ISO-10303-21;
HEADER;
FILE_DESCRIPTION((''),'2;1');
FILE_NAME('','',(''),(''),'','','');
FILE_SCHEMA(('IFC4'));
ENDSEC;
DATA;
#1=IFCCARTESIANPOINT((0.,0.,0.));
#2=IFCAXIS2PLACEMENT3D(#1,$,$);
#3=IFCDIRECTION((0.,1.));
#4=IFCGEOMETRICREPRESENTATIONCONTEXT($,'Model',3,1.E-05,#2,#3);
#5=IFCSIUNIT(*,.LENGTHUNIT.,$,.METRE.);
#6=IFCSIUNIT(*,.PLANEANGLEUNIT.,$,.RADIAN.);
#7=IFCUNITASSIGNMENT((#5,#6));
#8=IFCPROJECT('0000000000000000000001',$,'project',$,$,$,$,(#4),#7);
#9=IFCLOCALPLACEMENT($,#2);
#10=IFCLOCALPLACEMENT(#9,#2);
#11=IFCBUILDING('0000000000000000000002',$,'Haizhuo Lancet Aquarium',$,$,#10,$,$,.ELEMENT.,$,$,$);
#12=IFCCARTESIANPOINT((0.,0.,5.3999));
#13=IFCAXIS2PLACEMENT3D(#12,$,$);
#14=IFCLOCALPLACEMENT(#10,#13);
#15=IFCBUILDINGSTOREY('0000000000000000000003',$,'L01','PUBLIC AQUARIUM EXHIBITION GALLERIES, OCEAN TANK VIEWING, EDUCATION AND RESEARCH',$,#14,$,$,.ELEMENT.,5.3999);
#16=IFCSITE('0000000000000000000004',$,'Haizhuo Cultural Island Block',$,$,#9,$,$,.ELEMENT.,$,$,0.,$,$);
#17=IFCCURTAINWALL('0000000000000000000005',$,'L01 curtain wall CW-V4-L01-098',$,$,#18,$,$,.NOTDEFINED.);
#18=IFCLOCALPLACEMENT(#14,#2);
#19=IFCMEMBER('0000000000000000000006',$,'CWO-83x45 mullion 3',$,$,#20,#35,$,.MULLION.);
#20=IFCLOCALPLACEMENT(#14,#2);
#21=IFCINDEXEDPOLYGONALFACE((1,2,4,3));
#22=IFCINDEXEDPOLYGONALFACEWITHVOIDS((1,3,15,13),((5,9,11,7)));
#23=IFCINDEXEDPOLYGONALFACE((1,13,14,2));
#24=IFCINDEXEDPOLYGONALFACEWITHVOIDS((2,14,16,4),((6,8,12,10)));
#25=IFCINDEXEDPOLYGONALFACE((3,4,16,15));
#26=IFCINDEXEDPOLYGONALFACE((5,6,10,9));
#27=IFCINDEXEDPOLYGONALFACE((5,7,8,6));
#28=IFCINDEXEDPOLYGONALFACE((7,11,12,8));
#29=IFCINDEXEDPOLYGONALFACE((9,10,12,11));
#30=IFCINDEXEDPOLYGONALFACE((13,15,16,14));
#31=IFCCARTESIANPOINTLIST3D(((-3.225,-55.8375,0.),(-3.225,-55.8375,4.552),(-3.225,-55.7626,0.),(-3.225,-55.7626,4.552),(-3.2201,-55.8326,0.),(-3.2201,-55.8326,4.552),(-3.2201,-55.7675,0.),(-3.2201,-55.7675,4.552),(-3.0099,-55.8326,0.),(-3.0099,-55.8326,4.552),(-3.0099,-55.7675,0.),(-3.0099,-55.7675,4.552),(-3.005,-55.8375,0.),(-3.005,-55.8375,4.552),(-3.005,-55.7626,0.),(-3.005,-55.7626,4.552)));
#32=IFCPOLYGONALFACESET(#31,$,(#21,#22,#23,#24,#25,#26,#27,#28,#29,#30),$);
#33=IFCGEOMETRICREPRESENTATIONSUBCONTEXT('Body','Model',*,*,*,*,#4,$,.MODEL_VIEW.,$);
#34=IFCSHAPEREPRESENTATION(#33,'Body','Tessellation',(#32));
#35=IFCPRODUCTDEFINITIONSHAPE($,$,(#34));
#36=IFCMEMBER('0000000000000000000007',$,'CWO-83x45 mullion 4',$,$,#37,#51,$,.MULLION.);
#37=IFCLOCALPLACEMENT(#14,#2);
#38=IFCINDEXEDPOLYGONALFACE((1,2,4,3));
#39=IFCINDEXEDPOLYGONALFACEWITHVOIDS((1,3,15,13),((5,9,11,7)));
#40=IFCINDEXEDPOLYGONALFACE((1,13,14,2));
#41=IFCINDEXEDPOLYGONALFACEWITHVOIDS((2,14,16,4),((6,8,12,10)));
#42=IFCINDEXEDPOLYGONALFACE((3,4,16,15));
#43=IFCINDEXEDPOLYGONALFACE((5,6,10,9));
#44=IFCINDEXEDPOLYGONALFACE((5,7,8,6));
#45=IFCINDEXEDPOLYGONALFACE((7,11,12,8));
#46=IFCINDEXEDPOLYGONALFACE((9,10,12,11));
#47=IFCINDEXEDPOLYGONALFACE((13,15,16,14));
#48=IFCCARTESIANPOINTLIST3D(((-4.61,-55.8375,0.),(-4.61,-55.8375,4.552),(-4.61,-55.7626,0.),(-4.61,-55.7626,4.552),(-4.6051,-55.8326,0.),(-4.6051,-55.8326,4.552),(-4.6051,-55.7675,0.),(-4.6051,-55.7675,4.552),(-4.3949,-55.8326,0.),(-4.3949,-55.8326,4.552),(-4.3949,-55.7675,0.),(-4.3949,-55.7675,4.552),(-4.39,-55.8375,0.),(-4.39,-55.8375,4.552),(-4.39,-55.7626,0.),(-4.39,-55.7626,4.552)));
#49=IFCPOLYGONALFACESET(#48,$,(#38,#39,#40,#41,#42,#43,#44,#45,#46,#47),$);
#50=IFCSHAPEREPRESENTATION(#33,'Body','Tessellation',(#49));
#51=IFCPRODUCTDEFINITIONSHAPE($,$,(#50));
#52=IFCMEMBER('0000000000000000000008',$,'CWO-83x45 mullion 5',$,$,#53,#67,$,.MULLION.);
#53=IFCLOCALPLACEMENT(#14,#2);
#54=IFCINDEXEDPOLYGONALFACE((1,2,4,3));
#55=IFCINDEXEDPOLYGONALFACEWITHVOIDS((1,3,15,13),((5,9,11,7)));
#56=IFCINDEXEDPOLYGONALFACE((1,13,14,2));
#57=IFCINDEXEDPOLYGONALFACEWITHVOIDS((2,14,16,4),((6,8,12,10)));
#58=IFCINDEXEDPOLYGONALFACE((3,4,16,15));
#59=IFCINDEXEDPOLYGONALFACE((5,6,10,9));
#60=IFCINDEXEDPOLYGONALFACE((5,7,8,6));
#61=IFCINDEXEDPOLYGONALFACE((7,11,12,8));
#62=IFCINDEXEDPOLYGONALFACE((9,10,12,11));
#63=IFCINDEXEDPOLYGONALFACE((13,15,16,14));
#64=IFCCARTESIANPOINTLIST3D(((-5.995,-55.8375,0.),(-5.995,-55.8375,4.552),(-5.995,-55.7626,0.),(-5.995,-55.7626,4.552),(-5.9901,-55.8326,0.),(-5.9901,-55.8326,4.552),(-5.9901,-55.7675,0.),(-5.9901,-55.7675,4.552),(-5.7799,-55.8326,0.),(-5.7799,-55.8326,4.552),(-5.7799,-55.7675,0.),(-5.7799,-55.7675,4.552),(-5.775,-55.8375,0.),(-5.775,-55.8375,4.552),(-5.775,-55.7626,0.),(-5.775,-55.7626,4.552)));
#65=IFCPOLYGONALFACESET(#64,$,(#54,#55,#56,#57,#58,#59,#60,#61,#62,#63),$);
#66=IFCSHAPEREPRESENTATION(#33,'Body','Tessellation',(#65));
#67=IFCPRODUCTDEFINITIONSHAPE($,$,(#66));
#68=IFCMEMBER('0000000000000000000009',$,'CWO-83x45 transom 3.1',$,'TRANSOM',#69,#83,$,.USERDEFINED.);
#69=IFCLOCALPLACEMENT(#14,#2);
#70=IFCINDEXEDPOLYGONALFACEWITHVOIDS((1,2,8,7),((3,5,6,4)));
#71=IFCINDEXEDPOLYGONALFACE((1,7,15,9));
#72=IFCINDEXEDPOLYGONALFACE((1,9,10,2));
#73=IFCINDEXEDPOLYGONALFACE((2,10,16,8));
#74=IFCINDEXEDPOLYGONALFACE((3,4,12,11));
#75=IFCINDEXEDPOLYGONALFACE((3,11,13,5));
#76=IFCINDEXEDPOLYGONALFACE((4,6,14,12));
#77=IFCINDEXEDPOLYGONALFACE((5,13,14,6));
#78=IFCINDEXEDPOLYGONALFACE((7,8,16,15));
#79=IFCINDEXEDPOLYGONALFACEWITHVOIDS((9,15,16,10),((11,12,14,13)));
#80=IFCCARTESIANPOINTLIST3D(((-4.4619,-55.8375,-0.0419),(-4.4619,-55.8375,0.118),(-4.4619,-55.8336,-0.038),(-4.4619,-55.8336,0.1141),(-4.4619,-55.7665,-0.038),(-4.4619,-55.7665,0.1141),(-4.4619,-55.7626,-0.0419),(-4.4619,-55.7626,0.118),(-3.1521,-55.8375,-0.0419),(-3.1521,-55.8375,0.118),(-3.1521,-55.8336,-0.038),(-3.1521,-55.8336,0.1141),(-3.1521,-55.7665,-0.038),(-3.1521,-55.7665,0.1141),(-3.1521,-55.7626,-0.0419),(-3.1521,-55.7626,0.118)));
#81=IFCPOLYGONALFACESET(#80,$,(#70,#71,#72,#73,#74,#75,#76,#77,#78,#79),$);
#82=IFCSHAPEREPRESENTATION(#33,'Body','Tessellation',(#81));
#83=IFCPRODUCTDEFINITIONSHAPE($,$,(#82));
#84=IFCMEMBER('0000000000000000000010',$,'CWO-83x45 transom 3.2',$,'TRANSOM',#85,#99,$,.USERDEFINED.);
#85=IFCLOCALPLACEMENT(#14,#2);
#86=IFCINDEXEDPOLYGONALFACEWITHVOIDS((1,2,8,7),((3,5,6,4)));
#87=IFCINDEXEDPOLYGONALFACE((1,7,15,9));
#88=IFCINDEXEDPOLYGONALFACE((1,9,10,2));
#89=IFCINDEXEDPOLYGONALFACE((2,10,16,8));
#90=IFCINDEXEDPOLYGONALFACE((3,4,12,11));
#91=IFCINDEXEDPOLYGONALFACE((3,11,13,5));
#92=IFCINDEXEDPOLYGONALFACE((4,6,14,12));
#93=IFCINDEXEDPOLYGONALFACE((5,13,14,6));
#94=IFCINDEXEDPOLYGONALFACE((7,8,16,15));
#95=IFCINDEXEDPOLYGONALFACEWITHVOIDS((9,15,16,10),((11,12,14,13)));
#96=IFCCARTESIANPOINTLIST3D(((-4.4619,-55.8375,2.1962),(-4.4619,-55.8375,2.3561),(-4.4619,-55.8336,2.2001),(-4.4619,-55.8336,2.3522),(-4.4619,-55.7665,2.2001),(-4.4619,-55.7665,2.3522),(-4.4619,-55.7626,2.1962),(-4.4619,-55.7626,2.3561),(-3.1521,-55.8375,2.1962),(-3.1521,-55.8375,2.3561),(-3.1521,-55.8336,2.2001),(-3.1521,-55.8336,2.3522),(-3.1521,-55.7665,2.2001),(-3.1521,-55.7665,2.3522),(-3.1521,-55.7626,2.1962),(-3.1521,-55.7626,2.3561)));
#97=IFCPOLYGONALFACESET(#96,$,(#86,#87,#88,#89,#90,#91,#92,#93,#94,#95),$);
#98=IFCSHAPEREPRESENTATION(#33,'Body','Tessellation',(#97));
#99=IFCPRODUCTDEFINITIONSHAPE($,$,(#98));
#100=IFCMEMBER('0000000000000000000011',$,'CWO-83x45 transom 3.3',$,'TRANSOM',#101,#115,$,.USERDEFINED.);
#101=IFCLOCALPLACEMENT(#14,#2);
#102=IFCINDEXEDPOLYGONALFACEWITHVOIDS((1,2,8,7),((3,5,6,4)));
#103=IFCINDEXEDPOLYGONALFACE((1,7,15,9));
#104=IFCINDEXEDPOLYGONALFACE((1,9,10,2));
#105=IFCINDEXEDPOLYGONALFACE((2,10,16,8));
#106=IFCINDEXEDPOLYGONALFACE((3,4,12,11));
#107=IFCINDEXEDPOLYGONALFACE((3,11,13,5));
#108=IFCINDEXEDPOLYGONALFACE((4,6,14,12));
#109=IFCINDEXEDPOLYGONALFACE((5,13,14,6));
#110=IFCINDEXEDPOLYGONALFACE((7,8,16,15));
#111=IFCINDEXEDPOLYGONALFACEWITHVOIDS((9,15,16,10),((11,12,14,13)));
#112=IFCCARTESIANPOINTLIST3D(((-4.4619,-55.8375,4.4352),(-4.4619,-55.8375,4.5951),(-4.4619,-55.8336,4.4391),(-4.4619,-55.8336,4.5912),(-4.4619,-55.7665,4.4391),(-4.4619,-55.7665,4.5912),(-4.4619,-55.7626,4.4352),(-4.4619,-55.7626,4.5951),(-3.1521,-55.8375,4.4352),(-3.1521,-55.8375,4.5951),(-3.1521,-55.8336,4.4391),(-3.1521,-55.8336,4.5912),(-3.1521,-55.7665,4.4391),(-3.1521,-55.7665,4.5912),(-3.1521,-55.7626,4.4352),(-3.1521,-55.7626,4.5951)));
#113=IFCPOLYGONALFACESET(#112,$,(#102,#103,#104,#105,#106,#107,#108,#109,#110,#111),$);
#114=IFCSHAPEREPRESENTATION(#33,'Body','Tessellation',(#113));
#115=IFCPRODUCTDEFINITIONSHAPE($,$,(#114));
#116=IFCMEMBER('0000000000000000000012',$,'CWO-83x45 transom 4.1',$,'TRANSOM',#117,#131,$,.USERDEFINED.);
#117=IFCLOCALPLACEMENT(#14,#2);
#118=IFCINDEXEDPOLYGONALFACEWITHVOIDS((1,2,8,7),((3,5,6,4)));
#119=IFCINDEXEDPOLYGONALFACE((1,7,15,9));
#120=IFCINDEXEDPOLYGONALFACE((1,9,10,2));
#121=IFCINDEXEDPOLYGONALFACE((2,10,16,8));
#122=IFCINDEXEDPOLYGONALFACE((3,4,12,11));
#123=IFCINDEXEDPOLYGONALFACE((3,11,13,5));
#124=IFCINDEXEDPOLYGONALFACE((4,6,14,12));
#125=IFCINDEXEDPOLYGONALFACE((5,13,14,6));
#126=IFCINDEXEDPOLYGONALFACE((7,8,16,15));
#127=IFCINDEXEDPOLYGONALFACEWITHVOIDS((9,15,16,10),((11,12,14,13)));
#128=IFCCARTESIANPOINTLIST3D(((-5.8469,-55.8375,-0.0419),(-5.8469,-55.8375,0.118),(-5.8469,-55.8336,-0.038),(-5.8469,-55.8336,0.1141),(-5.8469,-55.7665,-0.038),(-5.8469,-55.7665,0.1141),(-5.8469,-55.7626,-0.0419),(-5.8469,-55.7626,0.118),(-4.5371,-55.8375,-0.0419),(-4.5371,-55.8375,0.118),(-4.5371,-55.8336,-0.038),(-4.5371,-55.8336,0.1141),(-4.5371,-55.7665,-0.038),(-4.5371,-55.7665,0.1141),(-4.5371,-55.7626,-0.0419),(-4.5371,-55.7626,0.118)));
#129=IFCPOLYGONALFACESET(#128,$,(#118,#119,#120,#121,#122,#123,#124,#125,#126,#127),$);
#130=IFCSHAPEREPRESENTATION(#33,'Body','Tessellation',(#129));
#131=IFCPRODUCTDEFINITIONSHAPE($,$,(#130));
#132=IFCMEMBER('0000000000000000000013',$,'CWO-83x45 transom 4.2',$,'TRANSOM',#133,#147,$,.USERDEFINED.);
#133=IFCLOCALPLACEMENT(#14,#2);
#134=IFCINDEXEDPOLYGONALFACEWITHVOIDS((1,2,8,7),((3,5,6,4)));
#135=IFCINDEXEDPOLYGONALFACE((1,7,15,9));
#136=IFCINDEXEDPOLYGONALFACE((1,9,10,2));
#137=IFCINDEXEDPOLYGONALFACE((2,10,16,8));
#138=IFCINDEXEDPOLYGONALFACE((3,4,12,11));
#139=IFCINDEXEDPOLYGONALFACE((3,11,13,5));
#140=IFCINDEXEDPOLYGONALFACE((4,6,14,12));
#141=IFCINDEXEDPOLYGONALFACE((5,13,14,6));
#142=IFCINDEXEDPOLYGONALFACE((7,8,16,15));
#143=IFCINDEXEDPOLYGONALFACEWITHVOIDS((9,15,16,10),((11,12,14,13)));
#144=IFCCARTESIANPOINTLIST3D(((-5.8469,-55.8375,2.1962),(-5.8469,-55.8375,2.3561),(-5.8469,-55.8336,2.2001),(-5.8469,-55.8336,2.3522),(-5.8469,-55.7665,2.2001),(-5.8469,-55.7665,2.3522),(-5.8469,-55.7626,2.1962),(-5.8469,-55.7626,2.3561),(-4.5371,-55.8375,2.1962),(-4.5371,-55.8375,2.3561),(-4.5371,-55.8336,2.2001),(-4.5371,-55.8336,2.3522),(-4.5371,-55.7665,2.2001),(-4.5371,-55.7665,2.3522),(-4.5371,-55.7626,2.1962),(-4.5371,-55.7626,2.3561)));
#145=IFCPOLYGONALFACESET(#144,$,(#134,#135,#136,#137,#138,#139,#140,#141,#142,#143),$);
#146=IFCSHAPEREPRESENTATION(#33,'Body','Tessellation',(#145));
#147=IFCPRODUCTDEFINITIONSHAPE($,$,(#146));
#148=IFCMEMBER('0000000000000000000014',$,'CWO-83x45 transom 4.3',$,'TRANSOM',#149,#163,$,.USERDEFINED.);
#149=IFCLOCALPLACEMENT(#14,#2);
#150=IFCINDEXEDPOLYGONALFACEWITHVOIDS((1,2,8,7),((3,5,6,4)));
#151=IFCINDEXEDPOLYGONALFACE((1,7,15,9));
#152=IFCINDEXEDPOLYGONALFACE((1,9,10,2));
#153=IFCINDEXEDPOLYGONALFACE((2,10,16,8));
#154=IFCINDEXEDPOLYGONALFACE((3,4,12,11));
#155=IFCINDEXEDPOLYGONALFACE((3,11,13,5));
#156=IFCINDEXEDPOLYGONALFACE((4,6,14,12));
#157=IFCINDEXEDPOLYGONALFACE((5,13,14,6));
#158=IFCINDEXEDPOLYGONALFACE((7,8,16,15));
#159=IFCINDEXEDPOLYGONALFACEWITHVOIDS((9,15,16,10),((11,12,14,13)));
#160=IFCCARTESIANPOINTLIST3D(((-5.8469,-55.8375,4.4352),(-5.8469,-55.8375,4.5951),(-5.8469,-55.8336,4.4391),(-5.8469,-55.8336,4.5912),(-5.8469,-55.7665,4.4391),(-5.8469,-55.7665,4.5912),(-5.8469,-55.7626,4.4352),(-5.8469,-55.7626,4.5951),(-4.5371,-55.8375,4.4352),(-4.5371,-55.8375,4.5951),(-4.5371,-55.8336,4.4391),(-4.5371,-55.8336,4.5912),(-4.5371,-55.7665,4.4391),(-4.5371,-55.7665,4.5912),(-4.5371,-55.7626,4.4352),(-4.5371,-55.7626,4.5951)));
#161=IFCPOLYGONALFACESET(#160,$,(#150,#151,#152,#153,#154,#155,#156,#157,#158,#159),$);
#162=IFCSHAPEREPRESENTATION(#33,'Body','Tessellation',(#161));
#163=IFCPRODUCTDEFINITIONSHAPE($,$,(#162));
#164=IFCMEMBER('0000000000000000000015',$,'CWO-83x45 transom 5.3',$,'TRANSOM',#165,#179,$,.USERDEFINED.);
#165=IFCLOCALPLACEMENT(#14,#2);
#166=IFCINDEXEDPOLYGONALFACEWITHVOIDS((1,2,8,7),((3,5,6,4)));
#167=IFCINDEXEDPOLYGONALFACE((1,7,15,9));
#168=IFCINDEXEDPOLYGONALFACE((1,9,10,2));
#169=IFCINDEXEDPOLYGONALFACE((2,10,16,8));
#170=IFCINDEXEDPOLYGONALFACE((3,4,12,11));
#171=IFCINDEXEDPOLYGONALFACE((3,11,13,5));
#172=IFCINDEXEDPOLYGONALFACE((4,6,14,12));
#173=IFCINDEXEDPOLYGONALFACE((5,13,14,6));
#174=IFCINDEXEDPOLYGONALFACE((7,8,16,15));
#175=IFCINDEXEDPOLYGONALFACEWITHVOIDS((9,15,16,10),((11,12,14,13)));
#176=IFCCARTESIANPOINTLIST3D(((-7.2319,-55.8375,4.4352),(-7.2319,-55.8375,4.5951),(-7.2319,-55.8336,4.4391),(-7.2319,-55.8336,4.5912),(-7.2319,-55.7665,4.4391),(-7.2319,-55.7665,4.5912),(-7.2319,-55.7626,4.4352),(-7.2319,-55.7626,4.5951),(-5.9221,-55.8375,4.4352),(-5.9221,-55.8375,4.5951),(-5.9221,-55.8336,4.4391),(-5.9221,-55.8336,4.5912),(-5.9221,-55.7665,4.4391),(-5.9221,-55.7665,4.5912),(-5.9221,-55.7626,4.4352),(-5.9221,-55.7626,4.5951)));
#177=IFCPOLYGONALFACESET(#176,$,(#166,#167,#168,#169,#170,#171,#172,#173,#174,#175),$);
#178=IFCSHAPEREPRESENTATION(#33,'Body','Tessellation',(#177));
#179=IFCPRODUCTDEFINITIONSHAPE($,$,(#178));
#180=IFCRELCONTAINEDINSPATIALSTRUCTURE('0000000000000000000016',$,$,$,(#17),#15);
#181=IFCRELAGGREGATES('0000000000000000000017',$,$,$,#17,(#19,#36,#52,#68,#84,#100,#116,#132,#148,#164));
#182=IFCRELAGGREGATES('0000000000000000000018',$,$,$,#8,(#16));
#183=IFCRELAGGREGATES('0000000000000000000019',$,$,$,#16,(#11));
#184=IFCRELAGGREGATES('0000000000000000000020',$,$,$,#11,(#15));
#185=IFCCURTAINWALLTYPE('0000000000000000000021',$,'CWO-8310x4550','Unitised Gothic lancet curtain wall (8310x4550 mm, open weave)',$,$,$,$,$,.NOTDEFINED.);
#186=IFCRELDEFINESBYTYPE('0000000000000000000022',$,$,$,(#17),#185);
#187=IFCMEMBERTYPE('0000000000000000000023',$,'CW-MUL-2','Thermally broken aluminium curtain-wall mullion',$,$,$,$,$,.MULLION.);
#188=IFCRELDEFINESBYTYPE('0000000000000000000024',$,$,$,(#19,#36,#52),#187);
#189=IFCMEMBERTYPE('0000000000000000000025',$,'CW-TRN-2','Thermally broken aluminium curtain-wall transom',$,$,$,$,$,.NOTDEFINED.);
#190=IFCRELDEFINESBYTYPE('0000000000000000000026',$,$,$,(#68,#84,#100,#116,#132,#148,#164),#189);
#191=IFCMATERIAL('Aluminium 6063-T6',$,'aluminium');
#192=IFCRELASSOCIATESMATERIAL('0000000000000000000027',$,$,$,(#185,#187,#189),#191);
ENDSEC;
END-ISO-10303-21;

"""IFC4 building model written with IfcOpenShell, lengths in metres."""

from ifc_helpers import new_model, si_unit, direction, frame, origin, origin_2d, place, context, subcontext, project, spatial, hollow_rectangle, extrude, material, material_profile, profile_set, type_object, element, aggregate, save


model = new_model("IFC4")

# Units and contexts
model_context = context("Model", 3, precision=1e-05, world=origin(), true_north=direction((0.0, 1.0)))
body_context = subcontext(model_context, "Body", "Model", "MODEL_VIEW")
ifc_project = project(units=[si_unit("LENGTHUNIT", "METRE"), si_unit("PLANEANGLEUNIT", "RADIAN")], contexts=[model_context])

# Site, building, storey
site_placement = place(None, origin())
site = spatial("IfcSite", under=ifc_project, at=site_placement, Name="Haizhuo Cultural Island Block", CompositionType="ELEMENT", RefElevation=0.0)
building_placement = place(site_placement, origin())
building = spatial("IfcBuilding", under=site, at=building_placement, Name="Haizhuo Lancet Aquarium", CompositionType="ELEMENT")
storey_placement = place(building_placement, frame((0.0, 0.0, 5.3999)))
storey = spatial("IfcBuildingStorey", under=building, at=storey_placement, Name="L01", Description="PUBLIC AQUARIUM EXHIBITION GALLERIES, OCEAN TANK VIEWING, EDUCATION AND RESEARCH", CompositionType="ELEMENT", Elevation=5.3999)

# Curtain wall, members
ifc_material_1 = material(Name="Aluminium 6063-T6", Category="aluminium")
curtain_wall_type = type_object("IfcCurtainWallType", Name="CWO-8310x4550", Description="Unitised Gothic lancet curtain wall (8310x4550 mm, open weave)", PredefinedType="NOTDEFINED", material=ifc_material_1)
curtain_wall_placement = place(storey_placement, origin())
curtain_wall = element("IfcCurtainWall", 1, at=curtain_wall_placement, inside=storey, type_object=curtain_wall_type, Name="L01 curtain wall CW-V4-L01-098", PredefinedType="NOTDEFINED")
ifc_material_profile_1 = material_profile(ifc_material_1, hollow_rectangle(XDim=0.075, YDim=0.22, WallThickness=0.0049, at=origin_2d()), Name="ALU-M 75x220x5")
ifc_profile_set_1 = profile_set([ifc_material_profile_1], Name="Aluminium 6063-T6")
member_type_1 = type_object("IfcMemberType", Name="CW-MUL-2", Description="Thermally broken aluminium curtain-wall mullion", PredefinedType="MULLION", material=ifc_profile_set_1)
member_1_placement = place(storey_placement, frame((-3.115, -55.8, 0.0), z_axis=(0.0, 0.0, 1.0), x_axis=(0.0, -1.0, 0.0)))
member_1 = element("IfcMember", 2, at=member_1_placement, type_object=member_type_1, Name="CWO-83x45 mullion 3", PredefinedType="MULLION", context=body_context, shape_type="SweptSolid", body=[
    extrude(hollow_rectangle(XDim=0.075, YDim=0.22, WallThickness=0.0049, at=origin_2d()), origin(), (0.0, 0.0, 1.0), 4.552),
])
member_2_placement = place(storey_placement, frame((-4.5, -55.8, 0.0), z_axis=(0.0, 0.0, 1.0), x_axis=(0.0, -1.0, 0.0)))
member_2 = element("IfcMember", 3, at=member_2_placement, type_object=member_type_1, Name="CWO-83x45 mullion 4", PredefinedType="MULLION", context=body_context, shape_type="SweptSolid", body=[
    extrude(hollow_rectangle(XDim=0.075, YDim=0.22, WallThickness=0.0049, at=origin_2d()), origin(), (0.0, 0.0, 1.0), 4.552),
])
member_3_placement = place(storey_placement, frame((-5.885, -55.8, 0.0), z_axis=(0.0, 0.0, 1.0), x_axis=(0.0, -1.0, 0.0)))
member_3 = element("IfcMember", 4, at=member_3_placement, type_object=member_type_1, Name="CWO-83x45 mullion 5", PredefinedType="MULLION", context=body_context, shape_type="SweptSolid", body=[
    extrude(hollow_rectangle(XDim=0.075, YDim=0.22, WallThickness=0.0049, at=origin_2d()), origin(), (0.0, 0.0, 1.0), 4.552),
])
ifc_material_profile_2 = material_profile(ifc_material_1, hollow_rectangle(XDim=0.075, YDim=0.1599, WallThickness=0.0039, at=origin_2d()), Name="ALU-T 75x160x4")
ifc_profile_set_2 = profile_set([ifc_material_profile_2], Name="Aluminium 6063-T6")
member_type_2 = type_object("IfcMemberType", Name="CW-TRN-2", Description="Thermally broken aluminium curtain-wall transom", PredefinedType="NOTDEFINED", material=ifc_profile_set_2)
member_4_placement = place(storey_placement, frame((-3.1521, -55.8, 0.0381), z_axis=(-1.0, 0.0, 0.0), x_axis=(0.0, -1.0, 0.0)))
member_4 = element("IfcMember", 5, at=member_4_placement, type_object=member_type_2, Name="CWO-83x45 transom 3.1", ObjectType="TRANSOM", PredefinedType="USERDEFINED", context=body_context, shape_type="SweptSolid", body=[
    extrude(hollow_rectangle(XDim=0.075, YDim=0.1599, WallThickness=0.0039, at=origin_2d()), origin(), (0.0, 0.0, 1.0), 1.3098),
])
member_5_placement = place(storey_placement, frame((-3.1521, -55.8, 2.2761), z_axis=(-1.0, 0.0, 0.0), x_axis=(0.0, -1.0, 0.0)))
member_5 = element("IfcMember", 6, at=member_5_placement, type_object=member_type_2, Name="CWO-83x45 transom 3.2", ObjectType="TRANSOM", PredefinedType="USERDEFINED", context=body_context, shape_type="SweptSolid", body=[
    extrude(hollow_rectangle(XDim=0.075, YDim=0.1599, WallThickness=0.0039, at=origin_2d()), origin(), (0.0, 0.0, 1.0), 1.3098),
])
member_6_placement = place(storey_placement, frame((-3.1521, -55.8, 4.5151), z_axis=(-1.0, 0.0, 0.0), x_axis=(0.0, -1.0, 0.0)))
member_6 = element("IfcMember", 7, at=member_6_placement, type_object=member_type_2, Name="CWO-83x45 transom 3.3", ObjectType="TRANSOM", PredefinedType="USERDEFINED", context=body_context, shape_type="SweptSolid", body=[
    extrude(hollow_rectangle(XDim=0.075, YDim=0.1599, WallThickness=0.0039, at=origin_2d()), origin(), (0.0, 0.0, 1.0), 1.3098),
])
member_7_placement = place(storey_placement, frame((-4.5371, -55.8, 0.0381), z_axis=(-1.0, 0.0, 0.0), x_axis=(0.0, -1.0, 0.0)))
member_7 = element("IfcMember", 8, at=member_7_placement, type_object=member_type_2, Name="CWO-83x45 transom 4.1", ObjectType="TRANSOM", PredefinedType="USERDEFINED", context=body_context, shape_type="SweptSolid", body=[
    extrude(hollow_rectangle(XDim=0.075, YDim=0.1599, WallThickness=0.0039, at=origin_2d()), origin(), (0.0, 0.0, 1.0), 1.3098),
])
member_8_placement = place(storey_placement, frame((-4.5371, -55.8, 2.2761), z_axis=(-1.0, 0.0, 0.0), x_axis=(0.0, -1.0, 0.0)))
member_8 = element("IfcMember", 9, at=member_8_placement, type_object=member_type_2, Name="CWO-83x45 transom 4.2", ObjectType="TRANSOM", PredefinedType="USERDEFINED", context=body_context, shape_type="SweptSolid", body=[
    extrude(hollow_rectangle(XDim=0.075, YDim=0.1599, WallThickness=0.0039, at=origin_2d()), origin(), (0.0, 0.0, 1.0), 1.3098),
])
member_9_placement = place(storey_placement, frame((-4.5371, -55.8, 4.5151), z_axis=(-1.0, 0.0, 0.0), x_axis=(0.0, -1.0, 0.0)))
member_9 = element("IfcMember", 10, at=member_9_placement, type_object=member_type_2, Name="CWO-83x45 transom 4.3", ObjectType="TRANSOM", PredefinedType="USERDEFINED", context=body_context, shape_type="SweptSolid", body=[
    extrude(hollow_rectangle(XDim=0.075, YDim=0.1599, WallThickness=0.0039, at=origin_2d()), origin(), (0.0, 0.0, 1.0), 1.3098),
])
member_10_placement = place(storey_placement, frame((-5.9221, -55.8, 4.5151), z_axis=(-1.0, 0.0, 0.0), x_axis=(0.0, -1.0, 0.0)))
member_10 = element("IfcMember", 11, at=member_10_placement, type_object=member_type_2, Name="CWO-83x45 transom 5.3", ObjectType="TRANSOM", PredefinedType="USERDEFINED", context=body_context, shape_type="SweptSolid", body=[
    extrude(hollow_rectangle(XDim=0.075, YDim=0.1599, WallThickness=0.0039, at=origin_2d()), origin(), (0.0, 0.0, 1.0), 1.3098),
])

aggregate(curtain_wall, [member_1, member_2, member_3, member_4, member_5, member_6, member_7, member_8, member_9, member_10])

save(model, "model.ifc")
